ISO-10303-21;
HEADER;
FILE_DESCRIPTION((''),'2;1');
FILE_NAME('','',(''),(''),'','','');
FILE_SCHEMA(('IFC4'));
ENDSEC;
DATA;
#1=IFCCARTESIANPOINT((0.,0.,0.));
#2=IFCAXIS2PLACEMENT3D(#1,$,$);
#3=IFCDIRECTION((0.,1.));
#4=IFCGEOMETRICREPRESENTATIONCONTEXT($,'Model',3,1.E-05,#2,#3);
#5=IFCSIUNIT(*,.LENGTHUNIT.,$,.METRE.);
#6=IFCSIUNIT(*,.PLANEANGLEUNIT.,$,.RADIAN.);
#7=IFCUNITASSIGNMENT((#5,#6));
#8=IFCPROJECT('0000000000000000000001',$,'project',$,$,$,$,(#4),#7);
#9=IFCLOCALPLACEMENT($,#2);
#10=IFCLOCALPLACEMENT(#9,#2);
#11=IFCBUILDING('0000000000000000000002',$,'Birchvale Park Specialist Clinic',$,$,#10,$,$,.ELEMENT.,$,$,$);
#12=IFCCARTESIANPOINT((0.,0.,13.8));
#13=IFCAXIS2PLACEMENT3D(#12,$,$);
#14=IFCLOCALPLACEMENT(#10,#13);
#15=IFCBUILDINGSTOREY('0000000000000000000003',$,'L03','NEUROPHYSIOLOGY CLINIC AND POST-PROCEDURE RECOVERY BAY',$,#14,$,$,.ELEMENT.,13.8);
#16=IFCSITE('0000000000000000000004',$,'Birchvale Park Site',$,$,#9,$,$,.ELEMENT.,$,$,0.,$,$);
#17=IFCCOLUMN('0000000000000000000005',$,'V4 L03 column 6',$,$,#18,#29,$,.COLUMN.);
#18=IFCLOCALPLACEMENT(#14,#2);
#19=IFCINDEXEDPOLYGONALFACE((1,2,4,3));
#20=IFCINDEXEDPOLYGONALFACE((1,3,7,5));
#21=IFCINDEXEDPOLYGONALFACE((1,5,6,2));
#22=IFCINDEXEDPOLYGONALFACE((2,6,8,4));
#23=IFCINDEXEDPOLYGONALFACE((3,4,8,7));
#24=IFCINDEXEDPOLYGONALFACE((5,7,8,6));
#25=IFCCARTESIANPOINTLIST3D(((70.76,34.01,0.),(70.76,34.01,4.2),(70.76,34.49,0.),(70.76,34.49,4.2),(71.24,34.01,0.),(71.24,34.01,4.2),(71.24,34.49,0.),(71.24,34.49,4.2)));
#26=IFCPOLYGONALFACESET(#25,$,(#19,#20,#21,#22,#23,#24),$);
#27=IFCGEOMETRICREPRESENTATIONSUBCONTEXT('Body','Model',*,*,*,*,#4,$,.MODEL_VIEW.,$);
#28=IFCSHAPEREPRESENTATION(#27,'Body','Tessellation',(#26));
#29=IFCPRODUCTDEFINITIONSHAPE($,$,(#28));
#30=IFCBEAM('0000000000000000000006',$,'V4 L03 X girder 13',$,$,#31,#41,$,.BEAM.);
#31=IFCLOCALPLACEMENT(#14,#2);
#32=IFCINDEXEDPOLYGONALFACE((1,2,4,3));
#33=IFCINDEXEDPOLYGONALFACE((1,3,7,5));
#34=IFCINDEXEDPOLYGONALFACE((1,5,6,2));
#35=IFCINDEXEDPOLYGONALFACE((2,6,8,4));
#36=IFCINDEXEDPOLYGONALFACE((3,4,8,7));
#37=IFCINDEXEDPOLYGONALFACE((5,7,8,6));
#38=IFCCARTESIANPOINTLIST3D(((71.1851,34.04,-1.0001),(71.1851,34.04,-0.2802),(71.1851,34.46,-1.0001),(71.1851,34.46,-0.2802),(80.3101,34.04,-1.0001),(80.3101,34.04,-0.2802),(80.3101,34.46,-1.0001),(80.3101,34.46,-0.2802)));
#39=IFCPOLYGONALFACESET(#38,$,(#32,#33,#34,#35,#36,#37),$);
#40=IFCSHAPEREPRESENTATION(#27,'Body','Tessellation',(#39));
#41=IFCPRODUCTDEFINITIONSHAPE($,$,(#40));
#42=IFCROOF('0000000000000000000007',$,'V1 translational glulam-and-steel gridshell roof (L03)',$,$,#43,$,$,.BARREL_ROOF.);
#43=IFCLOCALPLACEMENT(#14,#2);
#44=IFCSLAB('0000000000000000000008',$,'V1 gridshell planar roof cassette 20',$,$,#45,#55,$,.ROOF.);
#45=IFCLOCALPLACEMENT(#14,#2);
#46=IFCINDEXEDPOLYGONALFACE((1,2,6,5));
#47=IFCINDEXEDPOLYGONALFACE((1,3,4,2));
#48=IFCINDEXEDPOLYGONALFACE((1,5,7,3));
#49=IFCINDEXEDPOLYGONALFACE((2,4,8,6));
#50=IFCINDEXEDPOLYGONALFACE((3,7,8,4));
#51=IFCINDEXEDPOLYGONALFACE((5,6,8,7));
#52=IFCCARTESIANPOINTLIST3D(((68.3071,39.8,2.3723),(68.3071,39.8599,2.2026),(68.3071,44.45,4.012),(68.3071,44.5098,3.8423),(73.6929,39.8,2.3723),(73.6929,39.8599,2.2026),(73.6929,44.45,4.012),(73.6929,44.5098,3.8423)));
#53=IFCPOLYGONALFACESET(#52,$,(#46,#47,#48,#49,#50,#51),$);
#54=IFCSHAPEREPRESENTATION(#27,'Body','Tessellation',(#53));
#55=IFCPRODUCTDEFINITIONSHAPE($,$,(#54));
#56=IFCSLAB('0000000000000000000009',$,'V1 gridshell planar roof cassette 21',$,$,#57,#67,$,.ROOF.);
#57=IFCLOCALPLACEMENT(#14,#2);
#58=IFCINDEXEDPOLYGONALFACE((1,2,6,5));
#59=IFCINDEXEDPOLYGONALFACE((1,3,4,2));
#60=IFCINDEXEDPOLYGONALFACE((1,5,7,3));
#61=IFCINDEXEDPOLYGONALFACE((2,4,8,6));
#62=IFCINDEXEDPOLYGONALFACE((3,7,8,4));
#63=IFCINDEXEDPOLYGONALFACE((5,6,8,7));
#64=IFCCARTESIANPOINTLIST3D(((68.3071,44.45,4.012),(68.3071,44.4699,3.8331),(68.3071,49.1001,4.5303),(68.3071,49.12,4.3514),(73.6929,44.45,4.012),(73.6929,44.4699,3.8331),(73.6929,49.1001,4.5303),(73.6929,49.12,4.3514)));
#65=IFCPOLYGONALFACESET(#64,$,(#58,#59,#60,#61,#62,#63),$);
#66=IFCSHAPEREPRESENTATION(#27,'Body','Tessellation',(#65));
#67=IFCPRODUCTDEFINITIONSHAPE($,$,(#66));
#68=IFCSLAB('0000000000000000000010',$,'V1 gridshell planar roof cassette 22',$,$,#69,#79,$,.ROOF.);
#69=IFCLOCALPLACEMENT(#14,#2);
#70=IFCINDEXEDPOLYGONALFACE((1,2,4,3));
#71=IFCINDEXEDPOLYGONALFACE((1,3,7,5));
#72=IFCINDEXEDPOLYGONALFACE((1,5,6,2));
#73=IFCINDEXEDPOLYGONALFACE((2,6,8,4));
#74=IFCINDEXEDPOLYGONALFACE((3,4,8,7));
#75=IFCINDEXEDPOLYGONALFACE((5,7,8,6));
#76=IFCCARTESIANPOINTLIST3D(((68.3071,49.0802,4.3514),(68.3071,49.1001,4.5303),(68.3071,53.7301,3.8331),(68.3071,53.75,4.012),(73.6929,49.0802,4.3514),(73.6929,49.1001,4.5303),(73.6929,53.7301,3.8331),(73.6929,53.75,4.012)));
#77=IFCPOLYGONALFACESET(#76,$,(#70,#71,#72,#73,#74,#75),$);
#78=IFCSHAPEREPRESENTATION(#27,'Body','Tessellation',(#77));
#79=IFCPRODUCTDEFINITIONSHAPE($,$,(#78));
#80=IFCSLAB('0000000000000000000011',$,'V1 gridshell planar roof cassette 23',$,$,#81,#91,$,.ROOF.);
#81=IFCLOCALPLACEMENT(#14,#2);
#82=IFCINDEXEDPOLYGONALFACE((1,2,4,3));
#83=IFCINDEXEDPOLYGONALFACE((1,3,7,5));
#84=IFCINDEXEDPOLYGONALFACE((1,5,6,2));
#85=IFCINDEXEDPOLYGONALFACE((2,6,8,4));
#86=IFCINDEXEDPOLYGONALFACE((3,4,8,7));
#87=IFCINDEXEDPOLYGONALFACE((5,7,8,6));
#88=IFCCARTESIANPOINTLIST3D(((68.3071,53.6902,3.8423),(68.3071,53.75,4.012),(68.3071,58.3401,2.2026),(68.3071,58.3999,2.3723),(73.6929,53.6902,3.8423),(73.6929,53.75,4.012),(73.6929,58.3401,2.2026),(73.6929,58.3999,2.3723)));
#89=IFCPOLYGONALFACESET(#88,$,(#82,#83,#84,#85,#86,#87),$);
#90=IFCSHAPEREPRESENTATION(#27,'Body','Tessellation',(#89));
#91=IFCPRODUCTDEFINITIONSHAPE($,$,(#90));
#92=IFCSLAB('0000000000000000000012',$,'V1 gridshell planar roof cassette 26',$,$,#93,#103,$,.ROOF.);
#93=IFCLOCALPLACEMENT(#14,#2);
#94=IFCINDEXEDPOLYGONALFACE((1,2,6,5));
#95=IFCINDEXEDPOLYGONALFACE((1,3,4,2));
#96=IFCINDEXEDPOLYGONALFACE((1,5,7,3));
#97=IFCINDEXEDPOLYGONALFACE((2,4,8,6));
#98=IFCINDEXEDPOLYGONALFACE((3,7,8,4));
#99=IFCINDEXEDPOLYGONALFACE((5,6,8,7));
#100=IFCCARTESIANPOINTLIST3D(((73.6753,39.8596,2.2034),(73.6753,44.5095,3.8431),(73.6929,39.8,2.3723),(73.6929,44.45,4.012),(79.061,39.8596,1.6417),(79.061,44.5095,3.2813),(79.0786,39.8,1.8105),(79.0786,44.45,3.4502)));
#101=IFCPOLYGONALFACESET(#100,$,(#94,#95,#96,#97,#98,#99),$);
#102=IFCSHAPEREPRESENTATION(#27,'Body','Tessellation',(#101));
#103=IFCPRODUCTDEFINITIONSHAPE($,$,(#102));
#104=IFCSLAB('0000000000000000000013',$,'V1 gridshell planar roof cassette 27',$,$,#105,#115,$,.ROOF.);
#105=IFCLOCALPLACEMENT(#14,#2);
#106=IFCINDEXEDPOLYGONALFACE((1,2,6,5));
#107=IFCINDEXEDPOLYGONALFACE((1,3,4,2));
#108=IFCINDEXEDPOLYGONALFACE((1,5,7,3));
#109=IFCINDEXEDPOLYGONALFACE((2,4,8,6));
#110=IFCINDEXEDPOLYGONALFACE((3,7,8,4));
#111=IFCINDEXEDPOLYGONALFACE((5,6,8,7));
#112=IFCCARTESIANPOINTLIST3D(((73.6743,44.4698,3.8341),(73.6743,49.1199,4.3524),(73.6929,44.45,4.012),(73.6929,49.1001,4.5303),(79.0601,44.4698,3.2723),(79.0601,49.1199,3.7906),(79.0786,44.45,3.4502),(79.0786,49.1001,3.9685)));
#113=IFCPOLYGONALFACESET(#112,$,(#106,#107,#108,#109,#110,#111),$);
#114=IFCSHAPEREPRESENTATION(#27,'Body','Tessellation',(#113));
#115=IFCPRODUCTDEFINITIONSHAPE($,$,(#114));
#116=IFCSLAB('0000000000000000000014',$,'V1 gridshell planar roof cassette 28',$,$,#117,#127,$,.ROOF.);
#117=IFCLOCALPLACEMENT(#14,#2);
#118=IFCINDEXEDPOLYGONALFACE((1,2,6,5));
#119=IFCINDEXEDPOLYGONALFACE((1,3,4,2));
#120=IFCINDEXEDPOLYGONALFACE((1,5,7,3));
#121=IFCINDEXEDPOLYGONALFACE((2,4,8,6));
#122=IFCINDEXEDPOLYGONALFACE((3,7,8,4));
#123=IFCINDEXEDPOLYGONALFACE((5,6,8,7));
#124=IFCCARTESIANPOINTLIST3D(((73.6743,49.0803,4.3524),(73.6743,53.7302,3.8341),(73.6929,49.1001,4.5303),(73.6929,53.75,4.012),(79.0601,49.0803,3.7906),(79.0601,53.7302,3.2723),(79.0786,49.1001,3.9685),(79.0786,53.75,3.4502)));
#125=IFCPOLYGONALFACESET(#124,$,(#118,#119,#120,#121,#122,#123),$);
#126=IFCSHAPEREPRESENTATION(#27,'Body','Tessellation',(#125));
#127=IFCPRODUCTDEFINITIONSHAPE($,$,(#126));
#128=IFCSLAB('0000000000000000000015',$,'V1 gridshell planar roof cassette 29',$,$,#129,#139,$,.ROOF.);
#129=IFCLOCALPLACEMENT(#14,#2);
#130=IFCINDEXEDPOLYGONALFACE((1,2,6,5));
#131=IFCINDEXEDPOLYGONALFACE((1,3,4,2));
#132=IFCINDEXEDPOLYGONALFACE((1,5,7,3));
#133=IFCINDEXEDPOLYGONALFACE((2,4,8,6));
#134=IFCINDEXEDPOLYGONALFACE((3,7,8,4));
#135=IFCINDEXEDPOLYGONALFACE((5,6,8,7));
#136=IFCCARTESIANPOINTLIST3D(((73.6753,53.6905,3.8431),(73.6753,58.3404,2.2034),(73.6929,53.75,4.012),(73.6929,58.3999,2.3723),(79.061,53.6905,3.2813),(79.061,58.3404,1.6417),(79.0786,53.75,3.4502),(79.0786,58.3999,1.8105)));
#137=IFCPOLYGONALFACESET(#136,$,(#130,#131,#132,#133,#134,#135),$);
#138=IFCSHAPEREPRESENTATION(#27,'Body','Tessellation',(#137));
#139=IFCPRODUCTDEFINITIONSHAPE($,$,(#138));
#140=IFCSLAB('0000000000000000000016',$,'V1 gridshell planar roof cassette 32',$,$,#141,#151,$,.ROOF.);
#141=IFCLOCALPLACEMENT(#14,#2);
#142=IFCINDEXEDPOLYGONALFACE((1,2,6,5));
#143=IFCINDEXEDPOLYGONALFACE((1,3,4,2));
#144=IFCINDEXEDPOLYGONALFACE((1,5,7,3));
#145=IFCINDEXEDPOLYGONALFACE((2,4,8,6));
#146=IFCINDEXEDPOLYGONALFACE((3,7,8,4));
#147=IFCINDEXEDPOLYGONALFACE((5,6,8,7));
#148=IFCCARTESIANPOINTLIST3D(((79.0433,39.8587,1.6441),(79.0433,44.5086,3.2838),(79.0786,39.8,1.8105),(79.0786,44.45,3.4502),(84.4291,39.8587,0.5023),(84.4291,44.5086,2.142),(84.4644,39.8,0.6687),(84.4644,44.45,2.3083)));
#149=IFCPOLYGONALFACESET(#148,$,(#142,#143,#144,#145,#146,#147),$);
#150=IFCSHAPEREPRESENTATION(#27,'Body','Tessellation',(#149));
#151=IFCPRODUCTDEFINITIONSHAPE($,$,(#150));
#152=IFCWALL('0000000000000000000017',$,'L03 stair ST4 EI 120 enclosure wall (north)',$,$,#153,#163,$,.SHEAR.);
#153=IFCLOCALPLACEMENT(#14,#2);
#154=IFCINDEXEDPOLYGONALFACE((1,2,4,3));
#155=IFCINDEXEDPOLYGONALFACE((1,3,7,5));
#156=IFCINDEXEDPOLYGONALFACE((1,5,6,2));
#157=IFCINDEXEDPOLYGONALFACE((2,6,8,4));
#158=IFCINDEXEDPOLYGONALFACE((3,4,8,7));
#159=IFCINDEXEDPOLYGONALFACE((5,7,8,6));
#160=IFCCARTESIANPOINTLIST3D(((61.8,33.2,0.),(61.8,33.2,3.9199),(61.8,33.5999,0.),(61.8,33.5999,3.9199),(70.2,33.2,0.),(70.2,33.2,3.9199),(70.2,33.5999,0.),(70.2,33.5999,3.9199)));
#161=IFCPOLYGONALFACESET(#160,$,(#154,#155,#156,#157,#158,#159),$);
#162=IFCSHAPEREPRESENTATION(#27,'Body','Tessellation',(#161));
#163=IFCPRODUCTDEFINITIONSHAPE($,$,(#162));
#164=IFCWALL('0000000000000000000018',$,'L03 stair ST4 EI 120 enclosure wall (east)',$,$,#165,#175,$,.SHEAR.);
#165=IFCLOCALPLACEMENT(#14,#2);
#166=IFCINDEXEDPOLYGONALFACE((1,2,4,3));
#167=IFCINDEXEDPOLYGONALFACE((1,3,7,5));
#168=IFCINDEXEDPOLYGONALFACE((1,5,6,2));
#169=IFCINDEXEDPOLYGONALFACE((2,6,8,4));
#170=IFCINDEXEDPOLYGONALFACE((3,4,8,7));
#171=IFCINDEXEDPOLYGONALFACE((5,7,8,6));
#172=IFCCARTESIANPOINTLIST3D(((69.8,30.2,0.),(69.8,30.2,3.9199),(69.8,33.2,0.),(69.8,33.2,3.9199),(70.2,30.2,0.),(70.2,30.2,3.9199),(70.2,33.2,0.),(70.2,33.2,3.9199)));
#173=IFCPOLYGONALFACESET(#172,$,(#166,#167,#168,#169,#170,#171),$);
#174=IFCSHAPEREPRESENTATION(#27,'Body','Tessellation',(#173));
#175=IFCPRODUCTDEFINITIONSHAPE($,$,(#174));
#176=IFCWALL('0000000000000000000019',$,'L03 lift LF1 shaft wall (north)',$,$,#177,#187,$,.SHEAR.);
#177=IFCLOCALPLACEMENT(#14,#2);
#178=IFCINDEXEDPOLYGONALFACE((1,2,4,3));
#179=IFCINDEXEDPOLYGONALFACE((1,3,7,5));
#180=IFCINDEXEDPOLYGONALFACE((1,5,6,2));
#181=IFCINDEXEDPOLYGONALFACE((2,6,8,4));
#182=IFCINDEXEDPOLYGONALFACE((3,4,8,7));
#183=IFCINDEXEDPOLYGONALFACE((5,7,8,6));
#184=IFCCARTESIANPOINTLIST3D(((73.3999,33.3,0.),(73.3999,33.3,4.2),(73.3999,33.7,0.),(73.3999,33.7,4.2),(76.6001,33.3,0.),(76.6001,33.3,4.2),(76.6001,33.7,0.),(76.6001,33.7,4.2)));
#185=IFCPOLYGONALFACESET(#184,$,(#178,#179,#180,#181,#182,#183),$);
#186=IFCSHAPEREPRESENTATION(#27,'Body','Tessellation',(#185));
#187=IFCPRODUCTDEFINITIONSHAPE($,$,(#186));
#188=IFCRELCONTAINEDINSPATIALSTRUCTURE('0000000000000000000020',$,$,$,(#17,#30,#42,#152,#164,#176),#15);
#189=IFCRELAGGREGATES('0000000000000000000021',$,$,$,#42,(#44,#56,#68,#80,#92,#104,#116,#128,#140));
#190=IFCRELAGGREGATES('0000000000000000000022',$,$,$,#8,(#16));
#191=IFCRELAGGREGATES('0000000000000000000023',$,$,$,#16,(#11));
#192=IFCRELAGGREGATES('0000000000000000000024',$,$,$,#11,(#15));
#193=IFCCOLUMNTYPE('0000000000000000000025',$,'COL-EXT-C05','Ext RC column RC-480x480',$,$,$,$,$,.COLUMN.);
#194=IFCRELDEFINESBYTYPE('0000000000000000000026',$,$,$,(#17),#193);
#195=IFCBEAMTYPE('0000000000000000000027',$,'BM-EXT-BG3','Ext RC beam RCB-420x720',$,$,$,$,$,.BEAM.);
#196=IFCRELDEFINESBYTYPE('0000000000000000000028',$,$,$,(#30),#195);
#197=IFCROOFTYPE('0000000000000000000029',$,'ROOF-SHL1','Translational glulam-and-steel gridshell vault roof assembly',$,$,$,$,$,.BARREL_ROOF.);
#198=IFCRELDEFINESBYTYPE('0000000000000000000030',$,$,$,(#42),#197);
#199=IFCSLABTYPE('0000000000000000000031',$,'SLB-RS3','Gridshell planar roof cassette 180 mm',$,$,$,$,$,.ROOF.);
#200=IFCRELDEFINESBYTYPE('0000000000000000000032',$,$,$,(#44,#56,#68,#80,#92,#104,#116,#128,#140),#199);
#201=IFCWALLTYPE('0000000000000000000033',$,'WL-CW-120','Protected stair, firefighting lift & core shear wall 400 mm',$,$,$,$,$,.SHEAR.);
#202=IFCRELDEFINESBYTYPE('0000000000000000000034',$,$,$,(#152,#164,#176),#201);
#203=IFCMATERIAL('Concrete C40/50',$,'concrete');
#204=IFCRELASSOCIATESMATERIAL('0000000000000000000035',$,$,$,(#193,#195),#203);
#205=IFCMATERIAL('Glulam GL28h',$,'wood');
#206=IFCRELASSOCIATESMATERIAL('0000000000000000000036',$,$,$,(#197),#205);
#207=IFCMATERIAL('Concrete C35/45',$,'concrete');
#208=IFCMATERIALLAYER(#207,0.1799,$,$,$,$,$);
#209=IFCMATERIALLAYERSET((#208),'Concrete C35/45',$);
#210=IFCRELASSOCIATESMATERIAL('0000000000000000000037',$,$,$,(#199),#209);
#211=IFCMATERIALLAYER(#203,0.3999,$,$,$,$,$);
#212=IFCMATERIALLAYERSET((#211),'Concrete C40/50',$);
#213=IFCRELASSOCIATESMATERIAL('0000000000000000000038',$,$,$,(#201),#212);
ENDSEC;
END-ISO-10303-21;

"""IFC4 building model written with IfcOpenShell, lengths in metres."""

from ifc_helpers import new_model, si_unit, direction, frame, frame_2d, origin, origin_2d, place, context, subcontext, project, spatial, polyline, rectangle, outline, extrude, material, layer, layer_set, material_profile, profile_set, type_object, element, aggregate, save


model = new_model("IFC4")

# Units and contexts
model_context = context("Model", 3, precision=1e-05, world=origin(), true_north=direction((0.0, 1.0)))
body_context = subcontext(model_context, "Body", "Model", "MODEL_VIEW")
ifc_project = project(units=[si_unit("LENGTHUNIT", "METRE"), si_unit("PLANEANGLEUNIT", "RADIAN")], contexts=[model_context])

# Site, building, storey
site_placement = place(None, origin())
site = spatial("IfcSite", under=ifc_project, at=site_placement, Name="Birchvale Park Site", CompositionType="ELEMENT", RefElevation=0.0)
building_placement = place(site_placement, origin())
building = spatial("IfcBuilding", under=site, at=building_placement, Name="Birchvale Park Specialist Clinic", CompositionType="ELEMENT")
storey_placement = place(building_placement, frame((0.0, 0.0, 13.8)))
storey = spatial("IfcBuildingStorey", under=building, at=storey_placement, Name="L03", Description="NEUROPHYSIOLOGY CLINIC AND POST-PROCEDURE RECOVERY BAY", CompositionType="ELEMENT", Elevation=13.8)

# Column
ifc_material_1 = material(Name="Concrete C40/50", Category="concrete")
ifc_material_profile_1 = material_profile(ifc_material_1, rectangle(XDim=0.48, YDim=0.48, at=origin_2d()), Name="RC-480x480")
ifc_profile_set_1 = profile_set([ifc_material_profile_1], Name="Concrete C40/50")
column_type = type_object("IfcColumnType", Name="COL-EXT-C05", Description="Ext RC column RC-480x480", PredefinedType="COLUMN", material=ifc_profile_set_1)
column_placement = place(storey_placement, frame((71.0, 34.25, 0.0), z_axis=(0.0, 0.0, 1.0), x_axis=(1.0, 0.0, 0.0)))
element("IfcColumn", 1, at=column_placement, inside=storey, type_object=column_type, Name="V4 L03 column 6", PredefinedType="COLUMN", context=body_context, shape_type="SweptSolid", body=[
    extrude(rectangle(XDim=0.48, YDim=0.48, at=origin_2d()), origin(), (0.0, 0.0, 1.0), 4.2),
])

# Beam
ifc_material_profile_2 = material_profile(ifc_material_1, rectangle(XDim=0.4199, YDim=0.72, at=origin_2d()), Name="RCB-420x720")
ifc_profile_set_2 = profile_set([ifc_material_profile_2], Name="Concrete C40/50")
beam_type = type_object("IfcBeamType", Name="BM-EXT-BG3", Description="Ext RC beam RCB-420x720", PredefinedType="BEAM", material=ifc_profile_set_2)
beam_placement = place(storey_placement, frame((71.1851, 34.25, -0.6401), z_axis=(1.0, 0.0, 0.0), x_axis=(0.0, 1.0, 0.0)))
element("IfcBeam", 2, at=beam_placement, inside=storey, type_object=beam_type, Name="V4 L03 X girder 13", PredefinedType="BEAM", context=body_context, shape_type="SweptSolid", body=[
    extrude(rectangle(XDim=0.4199, YDim=0.72, at=origin_2d()), origin(), (0.0, 0.0, 1.0), 9.125),
])

# Roof, slabs
ifc_material_2 = material(Name="Glulam GL28h", Category="wood")
roof_type = type_object("IfcRoofType", Name="ROOF-SHL1", Description="Translational glulam-and-steel gridshell vault roof assembly", PredefinedType="BARREL_ROOF", material=ifc_material_2)
roof_placement = place(storey_placement, origin())
roof = element("IfcRoof", 3, at=roof_placement, inside=storey, type_object=roof_type, Name="V1 translational glulam-and-steel gridshell roof (L03)", PredefinedType="BARREL_ROOF")
ifc_material_3 = material(Name="Concrete C35/45", Category="concrete")
ifc_layer_1 = layer(ifc_material_3, 0.1799)
ifc_layer_set_1 = layer_set([ifc_layer_1], Name="Concrete C35/45")
slab_type = type_object("IfcSlabType", Name="SLB-RS3", Description="Gridshell planar roof cassette 180 mm", PredefinedType="ROOF", material=ifc_layer_set_1)
slab_1_placement = place(storey_placement, frame((68.3071, 39.8, 2.3723), z_axis=(0.0, -0.332551, 0.943085), x_axis=(1.0, 0.0, 0.0)))
slab_1 = element("IfcSlab", 4, at=slab_1_placement, type_object=slab_type, Name="V1 gridshell planar roof cassette 20", PredefinedType="ROOF", context=body_context, shape_type="SweptSolid", body=[
    extrude(outline(polyline([(0.0, 0.0), (5.3857, 0.0), (5.3857, 4.9305), (0.0, 4.9305), (0.0, 0.0)])), origin(), (0.0, 0.0, -1.0), 0.1799),
])
slab_2_placement = place(storey_placement, frame((68.3071, 44.45, 4.012), z_axis=(0.0, -0.110775, 0.993845), x_axis=(1.0, 0.0, 0.0)))
slab_2 = element("IfcSlab", 5, at=slab_2_placement, type_object=slab_type, Name="V1 gridshell planar roof cassette 21", PredefinedType="ROOF", context=body_context, shape_type="SweptSolid", body=[
    extrude(outline(polyline([(0.0, 0.0), (5.3857, 0.0), (5.3857, 4.6789), (0.0, 4.6789), (0.0, 0.0)])), origin(), (0.0, 0.0, -1.0), 0.1799),
])
slab_3_placement = place(storey_placement, frame((68.3071, 49.1001, 4.5303), z_axis=(0.0, 0.110781, 0.993845), x_axis=(1.0, 0.0, 0.0)))
slab_3 = element("IfcSlab", 6, at=slab_3_placement, type_object=slab_type, Name="V1 gridshell planar roof cassette 22", PredefinedType="ROOF", context=body_context, shape_type="SweptSolid", body=[
    extrude(outline(polyline([(0.0, 0.0), (5.3857, 0.0), (5.3857, 4.6787), (0.0, 4.6787), (0.0, 0.0)])), origin(), (0.0, 0.0, -1.0), 0.1799),
])
slab_4_placement = place(storey_placement, frame((68.3071, 53.75, 4.012), z_axis=(0.0, 0.332551, 0.943085), x_axis=(1.0, 0.0, 0.0)))
slab_4 = element("IfcSlab", 7, at=slab_4_placement, type_object=slab_type, Name="V1 gridshell planar roof cassette 23", PredefinedType="ROOF", context=body_context, shape_type="SweptSolid", body=[
    extrude(outline(polyline([(0.0, 0.0), (5.3857, 0.0), (5.3857, 4.9305), (0.0, 4.9305), (0.0, 0.0)])), origin(), (0.0, 0.0, -1.0), 0.1799),
])
slab_5_placement = place(storey_placement, frame((73.6929, 39.8, 2.3723), z_axis=(0.097897, -0.330953, 0.938555), x_axis=(0.994604, 0.0, -0.103744)))
slab_5 = element("IfcSlab", 8, at=slab_5_placement, type_object=slab_type, Name="V1 gridshell planar roof cassette 26", PredefinedType="ROOF", context=body_context, shape_type="SweptSolid", body=[
    extrude(outline(polyline([(0.0, 0.0), (5.415, 0.0), (5.2449, 4.9276), (-0.1701, 4.9276), (0.0, 0.0)])), origin(), (0.0, 0.0, -1.0), 0.1799),
])
slab_6_placement = place(storey_placement, frame((73.6929, 44.45, 4.012), z_axis=(0.103112, -0.110185, 0.988548), x_axis=(0.994604, 0.0, -0.103744)))
slab_6 = element("IfcSlab", 9, at=slab_6_placement, type_object=slab_type, Name="V1 gridshell planar roof cassette 27", PredefinedType="ROOF", context=body_context, shape_type="SweptSolid", body=[
    extrude(outline(polyline([(0.0, 0.0), (5.415, 0.0), (5.3612, 4.6786), (-0.0538, 4.6786), (0.0, 0.0)])), origin(), (0.0, 0.0, -1.0), 0.1799),
])
slab_7_placement = place(storey_placement, frame((73.6929, 49.1001, 4.5303), z_axis=(0.103112, 0.11019, 0.988547), x_axis=(0.994604, 0.0, -0.103744)))
slab_7 = element("IfcSlab", 10, at=slab_7_placement, type_object=slab_type, Name="V1 gridshell planar roof cassette 28", PredefinedType="ROOF", context=body_context, shape_type="SweptSolid", body=[
    extrude(outline(polyline([(0.0, 0.0), (5.415, 0.0), (5.4687, 4.6784), (0.0538, 4.6784), (0.0, 0.0)])), origin(), (0.0, 0.0, -1.0), 0.1799),
])
slab_8_placement = place(storey_placement, frame((73.6929, 53.75, 4.012), z_axis=(0.097897, 0.330953, 0.938555), x_axis=(0.994604, 0.0, -0.103744)))
slab_8 = element("IfcSlab", 11, at=slab_8_placement, type_object=slab_type, Name="V1 gridshell planar roof cassette 29", PredefinedType="ROOF", context=body_context, shape_type="SweptSolid", body=[
    extrude(outline(polyline([(0.0, 0.0), (5.415, 0.0), (5.5851, 4.9276), (0.1701, 4.9276), (0.0, 0.0)])), origin(), (0.0, 0.0, -1.0), 0.1799),
])
slab_9_placement = place(storey_placement, frame((79.0786, 39.8, 1.8105), z_axis=(0.196065, -0.326096, 0.924781), x_axis=(0.978256, 0.0, -0.207403)))
slab_9 = element("IfcSlab", 12, at=slab_9_placement, type_object=slab_type, Name="V1 gridshell planar roof cassette 32", PredefinedType="ROOF", context=body_context, shape_type="SweptSolid", body=[
    extrude(outline(polyline([(0.0, 0.0), (5.5055, 0.0), (5.1654, 4.9188), (-0.3401, 4.9188), (0.0, 0.0)])), origin(), (0.0, 0.0, -1.0), 0.1799),
])
aggregate(roof, [slab_1, slab_2, slab_3, slab_4, slab_5, slab_6, slab_7, slab_8, slab_9])

# Walls
ifc_layer_2 = layer(ifc_material_1, 0.3999)
ifc_layer_set_2 = layer_set([ifc_layer_2], Name="Concrete C40/50")
wall_type_1 = type_object("IfcWallType", Name="WL-CW-120", Description="Protected stair, firefighting lift & core shear wall 400 mm", PredefinedType="SHEAR", material=ifc_layer_set_2)
wall_1_placement = place(storey_placement, frame((70.2, 33.3999, 0.0), z_axis=(0.0, 0.0, 1.0), x_axis=(-1.0, 0.0, 0.0)))
element("IfcWall", 13, at=wall_1_placement, inside=storey, type_object=wall_type_1, Name="L03 stair ST4 EI 120 enclosure wall (north)", PredefinedType="SHEAR", context=body_context, shape_type="SweptSolid", body=[
    extrude(rectangle(XDim=8.3999, YDim=0.3999, at=frame_2d((4.2, 0.0))), origin(), (0.0, 0.0, 1.0), 3.9199),
])
wall_2_placement = place(storey_placement, frame((70.0, 33.2, 0.0), z_axis=(0.0, 0.0, 1.0), x_axis=(0.0, -1.0, 0.0)))
element("IfcWall", 14, at=wall_2_placement, inside=storey, type_object=wall_type_1, Name="L03 stair ST4 EI 120 enclosure wall (east)", PredefinedType="SHEAR", context=body_context, shape_type="SweptSolid", body=[
    extrude(rectangle(XDim=3.0, YDim=0.3999, at=frame_2d((1.5, 0.0))), origin(), (0.0, 0.0, 1.0), 3.9199),
])
wall_3_placement = place(storey_placement, frame((76.6001, 33.5, 0.0), z_axis=(0.0, 0.0, 1.0), x_axis=(-1.0, 0.0, 0.0)))
element("IfcWall", 15, at=wall_3_placement, inside=storey, type_object=wall_type_1, Name="L03 lift LF1 shaft wall (north)", PredefinedType="SHEAR", context=body_context, shape_type="SweptSolid", body=[
    extrude(rectangle(XDim=3.2002, YDim=0.3999, at=frame_2d((1.6001, 0.0))), origin(), (0.0, 0.0, 1.0), 4.2),
])

save(model, "model.ifc")
